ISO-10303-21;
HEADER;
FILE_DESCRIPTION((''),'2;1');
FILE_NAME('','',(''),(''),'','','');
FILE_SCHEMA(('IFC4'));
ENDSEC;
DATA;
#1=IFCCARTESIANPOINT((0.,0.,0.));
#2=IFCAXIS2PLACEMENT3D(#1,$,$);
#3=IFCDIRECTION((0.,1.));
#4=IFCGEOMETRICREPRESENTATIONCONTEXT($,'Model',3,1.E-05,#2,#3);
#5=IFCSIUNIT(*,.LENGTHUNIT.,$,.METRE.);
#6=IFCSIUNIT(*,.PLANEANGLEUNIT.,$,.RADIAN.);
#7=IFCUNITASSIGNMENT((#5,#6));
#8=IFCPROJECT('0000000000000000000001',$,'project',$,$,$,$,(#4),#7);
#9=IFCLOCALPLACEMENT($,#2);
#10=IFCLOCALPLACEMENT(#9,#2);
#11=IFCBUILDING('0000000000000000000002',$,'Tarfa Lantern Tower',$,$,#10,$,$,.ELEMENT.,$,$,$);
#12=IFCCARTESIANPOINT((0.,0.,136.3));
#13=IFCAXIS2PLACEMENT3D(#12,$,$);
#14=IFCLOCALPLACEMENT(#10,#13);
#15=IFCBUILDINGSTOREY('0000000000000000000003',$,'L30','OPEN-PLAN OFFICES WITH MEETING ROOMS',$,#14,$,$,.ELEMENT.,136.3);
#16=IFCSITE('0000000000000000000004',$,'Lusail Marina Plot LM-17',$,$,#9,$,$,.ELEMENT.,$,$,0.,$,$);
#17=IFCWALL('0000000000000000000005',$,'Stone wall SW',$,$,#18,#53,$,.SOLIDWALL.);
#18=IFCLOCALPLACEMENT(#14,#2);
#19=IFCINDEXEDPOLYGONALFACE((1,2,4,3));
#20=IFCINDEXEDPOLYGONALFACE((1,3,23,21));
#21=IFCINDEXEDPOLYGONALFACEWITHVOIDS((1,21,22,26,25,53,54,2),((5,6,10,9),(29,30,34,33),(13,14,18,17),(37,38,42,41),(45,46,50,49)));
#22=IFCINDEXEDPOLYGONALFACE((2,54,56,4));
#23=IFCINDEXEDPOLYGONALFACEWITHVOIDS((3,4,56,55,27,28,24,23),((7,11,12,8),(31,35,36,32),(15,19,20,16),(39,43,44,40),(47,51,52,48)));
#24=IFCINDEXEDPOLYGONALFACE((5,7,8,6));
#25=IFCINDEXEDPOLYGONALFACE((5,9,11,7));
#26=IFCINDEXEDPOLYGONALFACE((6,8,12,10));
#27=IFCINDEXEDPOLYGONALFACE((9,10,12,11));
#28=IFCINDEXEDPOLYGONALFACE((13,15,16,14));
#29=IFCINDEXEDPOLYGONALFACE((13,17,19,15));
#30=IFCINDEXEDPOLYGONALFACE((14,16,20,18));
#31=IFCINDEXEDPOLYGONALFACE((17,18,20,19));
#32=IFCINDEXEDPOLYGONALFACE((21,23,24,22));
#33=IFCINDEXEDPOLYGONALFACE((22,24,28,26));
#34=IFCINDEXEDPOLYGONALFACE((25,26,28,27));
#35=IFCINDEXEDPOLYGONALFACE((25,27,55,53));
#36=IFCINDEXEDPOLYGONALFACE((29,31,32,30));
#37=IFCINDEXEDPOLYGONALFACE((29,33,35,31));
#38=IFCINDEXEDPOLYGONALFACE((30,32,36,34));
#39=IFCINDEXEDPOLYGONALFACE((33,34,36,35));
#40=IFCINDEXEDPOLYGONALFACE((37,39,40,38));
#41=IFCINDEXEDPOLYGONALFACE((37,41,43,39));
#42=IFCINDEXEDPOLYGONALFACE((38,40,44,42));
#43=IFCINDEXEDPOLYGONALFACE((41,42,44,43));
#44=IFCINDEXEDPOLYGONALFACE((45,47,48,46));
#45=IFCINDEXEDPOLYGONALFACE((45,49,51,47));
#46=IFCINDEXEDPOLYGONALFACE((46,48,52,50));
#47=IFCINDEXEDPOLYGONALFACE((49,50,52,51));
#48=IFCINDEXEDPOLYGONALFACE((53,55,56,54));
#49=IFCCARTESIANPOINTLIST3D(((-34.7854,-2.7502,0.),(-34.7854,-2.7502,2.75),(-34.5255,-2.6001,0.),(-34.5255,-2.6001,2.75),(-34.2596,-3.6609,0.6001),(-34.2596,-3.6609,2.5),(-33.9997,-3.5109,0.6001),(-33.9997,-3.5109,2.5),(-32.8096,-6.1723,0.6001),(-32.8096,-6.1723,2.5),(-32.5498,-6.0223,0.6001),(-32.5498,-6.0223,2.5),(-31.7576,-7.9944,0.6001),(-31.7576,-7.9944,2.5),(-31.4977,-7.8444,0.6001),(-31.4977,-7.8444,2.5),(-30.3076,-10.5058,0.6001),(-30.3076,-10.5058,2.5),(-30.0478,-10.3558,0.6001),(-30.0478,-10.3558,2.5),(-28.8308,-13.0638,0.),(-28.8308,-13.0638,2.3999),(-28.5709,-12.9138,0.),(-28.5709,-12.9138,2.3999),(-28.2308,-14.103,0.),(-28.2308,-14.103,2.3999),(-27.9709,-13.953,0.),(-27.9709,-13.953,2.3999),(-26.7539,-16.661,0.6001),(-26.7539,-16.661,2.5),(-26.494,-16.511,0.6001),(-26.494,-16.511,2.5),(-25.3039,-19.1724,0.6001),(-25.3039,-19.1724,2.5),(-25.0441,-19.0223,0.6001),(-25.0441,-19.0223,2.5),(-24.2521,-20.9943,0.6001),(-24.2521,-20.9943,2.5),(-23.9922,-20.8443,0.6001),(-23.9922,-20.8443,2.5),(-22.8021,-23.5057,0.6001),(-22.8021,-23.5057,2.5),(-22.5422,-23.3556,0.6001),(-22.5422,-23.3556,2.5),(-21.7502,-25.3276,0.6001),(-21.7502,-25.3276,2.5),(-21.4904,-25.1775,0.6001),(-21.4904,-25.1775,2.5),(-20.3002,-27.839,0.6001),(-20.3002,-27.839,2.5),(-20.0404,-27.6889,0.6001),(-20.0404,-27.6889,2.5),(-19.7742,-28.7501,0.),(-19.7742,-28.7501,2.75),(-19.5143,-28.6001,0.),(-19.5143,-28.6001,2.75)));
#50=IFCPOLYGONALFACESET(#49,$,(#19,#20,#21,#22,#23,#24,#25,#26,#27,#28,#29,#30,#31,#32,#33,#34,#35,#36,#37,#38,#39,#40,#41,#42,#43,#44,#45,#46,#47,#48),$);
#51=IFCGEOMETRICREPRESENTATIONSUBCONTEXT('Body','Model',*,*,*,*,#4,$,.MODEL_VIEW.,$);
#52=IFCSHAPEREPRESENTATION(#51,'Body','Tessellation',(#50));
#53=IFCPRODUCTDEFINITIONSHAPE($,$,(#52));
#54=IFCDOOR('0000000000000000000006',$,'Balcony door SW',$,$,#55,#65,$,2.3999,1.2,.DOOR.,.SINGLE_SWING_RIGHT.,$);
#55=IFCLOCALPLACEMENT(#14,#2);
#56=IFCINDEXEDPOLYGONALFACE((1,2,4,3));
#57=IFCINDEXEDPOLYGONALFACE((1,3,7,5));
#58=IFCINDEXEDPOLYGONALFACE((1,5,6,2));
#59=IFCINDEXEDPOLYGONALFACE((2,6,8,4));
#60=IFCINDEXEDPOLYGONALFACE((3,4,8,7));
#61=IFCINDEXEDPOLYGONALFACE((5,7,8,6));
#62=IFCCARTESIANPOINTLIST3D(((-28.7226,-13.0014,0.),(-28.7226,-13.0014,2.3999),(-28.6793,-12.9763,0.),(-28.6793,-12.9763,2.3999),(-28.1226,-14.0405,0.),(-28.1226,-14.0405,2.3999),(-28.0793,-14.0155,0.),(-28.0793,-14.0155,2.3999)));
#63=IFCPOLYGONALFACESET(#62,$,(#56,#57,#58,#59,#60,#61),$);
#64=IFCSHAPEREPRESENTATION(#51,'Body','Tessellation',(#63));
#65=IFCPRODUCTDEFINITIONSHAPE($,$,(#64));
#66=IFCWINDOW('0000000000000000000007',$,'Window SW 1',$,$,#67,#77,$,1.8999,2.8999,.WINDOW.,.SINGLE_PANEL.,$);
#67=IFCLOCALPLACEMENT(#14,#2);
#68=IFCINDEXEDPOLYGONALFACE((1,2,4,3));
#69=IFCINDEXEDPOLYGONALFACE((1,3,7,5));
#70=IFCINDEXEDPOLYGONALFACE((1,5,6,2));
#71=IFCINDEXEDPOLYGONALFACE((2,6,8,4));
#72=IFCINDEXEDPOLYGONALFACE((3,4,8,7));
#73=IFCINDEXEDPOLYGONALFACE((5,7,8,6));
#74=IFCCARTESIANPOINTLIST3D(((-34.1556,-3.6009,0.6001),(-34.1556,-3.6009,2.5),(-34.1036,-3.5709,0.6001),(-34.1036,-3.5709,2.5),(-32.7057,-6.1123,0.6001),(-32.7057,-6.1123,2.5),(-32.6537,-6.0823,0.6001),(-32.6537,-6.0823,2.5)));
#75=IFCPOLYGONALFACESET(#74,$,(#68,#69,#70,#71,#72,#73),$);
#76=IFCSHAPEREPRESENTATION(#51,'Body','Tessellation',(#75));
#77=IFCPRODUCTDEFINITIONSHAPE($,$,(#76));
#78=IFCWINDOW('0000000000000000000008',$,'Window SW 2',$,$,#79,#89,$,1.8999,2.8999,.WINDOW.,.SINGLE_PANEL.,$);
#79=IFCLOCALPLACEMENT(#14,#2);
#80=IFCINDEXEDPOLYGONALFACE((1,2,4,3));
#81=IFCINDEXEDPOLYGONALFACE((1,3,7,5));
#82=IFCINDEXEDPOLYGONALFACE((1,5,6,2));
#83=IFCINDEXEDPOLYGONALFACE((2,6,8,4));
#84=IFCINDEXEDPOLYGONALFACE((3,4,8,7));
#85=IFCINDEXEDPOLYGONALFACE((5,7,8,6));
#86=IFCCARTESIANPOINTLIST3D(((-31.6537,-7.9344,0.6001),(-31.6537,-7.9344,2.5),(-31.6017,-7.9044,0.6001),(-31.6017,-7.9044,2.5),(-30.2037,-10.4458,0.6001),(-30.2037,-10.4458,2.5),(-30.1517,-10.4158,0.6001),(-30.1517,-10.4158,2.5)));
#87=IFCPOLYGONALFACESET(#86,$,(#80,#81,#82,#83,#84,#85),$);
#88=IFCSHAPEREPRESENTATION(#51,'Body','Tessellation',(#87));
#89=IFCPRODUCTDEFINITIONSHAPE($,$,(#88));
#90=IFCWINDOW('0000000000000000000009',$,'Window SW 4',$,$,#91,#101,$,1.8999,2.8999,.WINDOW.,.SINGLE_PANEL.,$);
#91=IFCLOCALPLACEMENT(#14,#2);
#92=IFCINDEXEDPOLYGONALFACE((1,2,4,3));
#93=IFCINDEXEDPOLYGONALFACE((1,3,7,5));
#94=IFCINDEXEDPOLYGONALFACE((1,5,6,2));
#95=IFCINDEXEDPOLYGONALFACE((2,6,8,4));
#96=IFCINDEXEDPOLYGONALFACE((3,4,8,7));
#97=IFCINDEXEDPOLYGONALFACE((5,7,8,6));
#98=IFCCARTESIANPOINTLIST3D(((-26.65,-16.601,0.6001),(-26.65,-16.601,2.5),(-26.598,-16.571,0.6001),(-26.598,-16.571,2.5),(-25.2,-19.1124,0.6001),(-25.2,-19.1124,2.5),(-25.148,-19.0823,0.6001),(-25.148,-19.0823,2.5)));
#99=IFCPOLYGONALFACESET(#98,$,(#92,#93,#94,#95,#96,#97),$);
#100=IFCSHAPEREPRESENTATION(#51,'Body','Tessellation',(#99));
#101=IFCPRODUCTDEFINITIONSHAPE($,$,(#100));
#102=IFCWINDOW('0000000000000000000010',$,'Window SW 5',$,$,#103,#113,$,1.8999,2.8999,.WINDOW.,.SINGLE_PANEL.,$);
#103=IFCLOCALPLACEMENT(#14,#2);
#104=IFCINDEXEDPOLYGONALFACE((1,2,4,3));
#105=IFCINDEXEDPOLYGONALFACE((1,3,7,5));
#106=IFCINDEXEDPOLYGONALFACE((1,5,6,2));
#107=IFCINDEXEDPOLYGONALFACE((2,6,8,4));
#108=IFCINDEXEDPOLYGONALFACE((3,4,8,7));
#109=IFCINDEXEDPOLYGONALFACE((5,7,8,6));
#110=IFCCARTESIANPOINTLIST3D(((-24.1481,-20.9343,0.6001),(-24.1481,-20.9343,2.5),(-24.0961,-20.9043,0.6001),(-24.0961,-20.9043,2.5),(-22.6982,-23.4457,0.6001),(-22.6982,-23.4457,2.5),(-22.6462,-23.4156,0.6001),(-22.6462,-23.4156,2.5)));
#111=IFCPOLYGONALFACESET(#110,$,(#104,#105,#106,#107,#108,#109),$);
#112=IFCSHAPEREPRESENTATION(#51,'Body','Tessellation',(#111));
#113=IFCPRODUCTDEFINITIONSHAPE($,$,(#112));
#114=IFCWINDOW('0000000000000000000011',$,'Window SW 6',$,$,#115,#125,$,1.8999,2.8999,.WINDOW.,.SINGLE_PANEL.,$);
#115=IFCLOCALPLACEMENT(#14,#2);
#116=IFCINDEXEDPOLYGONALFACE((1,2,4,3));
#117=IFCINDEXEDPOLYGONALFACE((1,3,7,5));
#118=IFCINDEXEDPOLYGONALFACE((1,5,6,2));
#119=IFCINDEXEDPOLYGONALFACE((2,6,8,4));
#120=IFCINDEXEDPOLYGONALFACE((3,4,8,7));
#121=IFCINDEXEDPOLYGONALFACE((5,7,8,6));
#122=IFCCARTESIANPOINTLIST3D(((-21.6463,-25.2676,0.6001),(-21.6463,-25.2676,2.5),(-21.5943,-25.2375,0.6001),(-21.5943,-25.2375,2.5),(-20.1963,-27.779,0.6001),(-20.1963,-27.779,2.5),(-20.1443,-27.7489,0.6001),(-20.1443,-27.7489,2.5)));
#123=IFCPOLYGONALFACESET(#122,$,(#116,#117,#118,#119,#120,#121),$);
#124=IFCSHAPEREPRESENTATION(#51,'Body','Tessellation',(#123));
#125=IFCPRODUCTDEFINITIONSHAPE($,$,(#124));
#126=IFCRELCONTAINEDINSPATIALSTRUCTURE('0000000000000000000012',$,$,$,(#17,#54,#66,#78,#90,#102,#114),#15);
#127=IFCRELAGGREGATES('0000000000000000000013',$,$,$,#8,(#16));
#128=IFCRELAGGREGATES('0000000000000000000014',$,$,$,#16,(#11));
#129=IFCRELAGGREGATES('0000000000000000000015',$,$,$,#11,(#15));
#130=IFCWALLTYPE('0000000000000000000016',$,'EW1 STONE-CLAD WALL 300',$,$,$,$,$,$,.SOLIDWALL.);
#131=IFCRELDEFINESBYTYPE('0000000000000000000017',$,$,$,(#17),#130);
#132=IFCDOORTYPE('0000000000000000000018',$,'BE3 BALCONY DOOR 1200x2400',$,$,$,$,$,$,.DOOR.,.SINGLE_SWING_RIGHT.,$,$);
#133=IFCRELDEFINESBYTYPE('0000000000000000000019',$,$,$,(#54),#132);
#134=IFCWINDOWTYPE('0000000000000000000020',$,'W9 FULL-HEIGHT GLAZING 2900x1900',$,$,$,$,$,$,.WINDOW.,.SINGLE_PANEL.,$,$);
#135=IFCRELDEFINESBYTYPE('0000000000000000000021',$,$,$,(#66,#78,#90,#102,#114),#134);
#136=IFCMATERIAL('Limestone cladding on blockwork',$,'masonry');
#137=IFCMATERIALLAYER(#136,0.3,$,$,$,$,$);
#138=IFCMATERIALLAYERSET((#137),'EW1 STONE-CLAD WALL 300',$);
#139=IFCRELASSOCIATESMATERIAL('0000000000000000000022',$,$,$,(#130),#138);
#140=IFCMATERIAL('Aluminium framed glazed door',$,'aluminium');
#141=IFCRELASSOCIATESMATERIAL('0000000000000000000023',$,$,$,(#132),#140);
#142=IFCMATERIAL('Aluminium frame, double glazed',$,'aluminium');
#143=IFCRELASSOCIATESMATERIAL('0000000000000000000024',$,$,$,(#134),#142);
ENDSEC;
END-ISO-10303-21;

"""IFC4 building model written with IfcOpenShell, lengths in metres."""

from ifc_helpers import new_model, si_unit, direction, frame, frame_2d, origin, place, context, subcontext, project, spatial, rectangle, extrude, material, layer, layer_set, type_object, element, fill, save


model = new_model("IFC4")

# Units and contexts
model_context = context("Model", 3, precision=1e-05, world=origin(), true_north=direction((0.0, 1.0)))
body_context = subcontext(model_context, "Body", "Model", "MODEL_VIEW")
ifc_project = project(units=[si_unit("LENGTHUNIT", "METRE"), si_unit("PLANEANGLEUNIT", "RADIAN")], contexts=[model_context])

# Site, building, storey
site_placement = place(None, origin())
site = spatial("IfcSite", under=ifc_project, at=site_placement, Name="Lusail Marina Plot LM-17", CompositionType="ELEMENT", RefElevation=0.0)
building_placement = place(site_placement, origin())
building = spatial("IfcBuilding", under=site, at=building_placement, Name="Tarfa Lantern Tower", CompositionType="ELEMENT")
storey_placement = place(building_placement, frame((0.0, 0.0, 136.3)))
storey = spatial("IfcBuildingStorey", under=building, at=storey_placement, Name="L30", Description="OPEN-PLAN OFFICES WITH MEETING ROOMS", CompositionType="ELEMENT", Elevation=136.3)

# Wall, openings, door, windows
ifc_material_1 = material(Name="Limestone cladding on blockwork", Category="masonry")
ifc_layer_1 = layer(ifc_material_1, 0.3)
ifc_layer_set_1 = layer_set([ifc_layer_1], Name="EW1 STONE-CLAD WALL 300")
wall_type = type_object("IfcWallType", Name="EW1 STONE-CLAD WALL 300", PredefinedType="SOLIDWALL", material=ifc_layer_set_1)
wall_placement = place(storey_placement, frame((-34.6555, -2.675, 0.0), z_axis=(0.0, 0.0, 1.0), x_axis=(0.500003, -0.866024, 0.0)))
wall = element("IfcWall", 1, at=wall_placement, inside=storey, type_object=wall_type, Name="Stone wall SW", PredefinedType="SOLIDWALL", context=body_context, shape_type="SweptSolid", body=[
    extrude(rectangle(XDim=30.0222, YDim=0.3, at=frame_2d((15.0112, 0.0))), origin(), (0.0, 0.0, 1.0), 2.75),
])
opening_1_placement = place(wall_placement, frame((1.0518, 0.0, 0.6001)))
opening_1 = element("IfcOpeningElement", 2, at=opening_1_placement, cuts=wall, PredefinedType="OPENING", context=body_context, shape_type="SweptSolid", body=[
    extrude(rectangle(XDim=2.8999, YDim=1.8999, at=frame_2d((1.45, 0.95))), frame((0.0, 0.1599, 0.0), z_axis=(0.0, -1.0, 0.0), x_axis=(1.0, 0.0, 0.0)), (0.0, 0.0, 1.0), 0.3201),
])
opening_2_placement = place(wall_placement, frame((6.0557, 0.0, 0.6001)))
opening_2 = element("IfcOpeningElement", 3, at=opening_2_placement, cuts=wall, PredefinedType="OPENING", context=body_context, shape_type="SweptSolid", body=[
    extrude(rectangle(XDim=2.8999, YDim=1.8999, at=frame_2d((1.45, 0.95))), frame((0.0, 0.1599, 0.0), z_axis=(0.0, -1.0, 0.0), x_axis=(1.0, 0.0, 0.0)), (0.0, 0.0, 1.0), 0.3201),
])
opening_3_placement = place(wall_placement, frame((11.9092, 0.0, 0.0)))
opening_3 = element("IfcOpeningElement", 4, at=opening_3_placement, cuts=wall, PredefinedType="OPENING", context=body_context, shape_type="SweptSolid", body=[
    extrude(rectangle(XDim=1.2, YDim=2.3999, at=frame_2d((0.6001, 1.2))), frame((0.0, 0.1599, 0.0), z_axis=(0.0, -1.0, 0.0), x_axis=(1.0, 0.0, 0.0)), (0.0, 0.0, 1.0), 0.3201),
])
opening_4_placement = place(wall_placement, frame((16.063, 0.0, 0.6001)))
opening_4 = element("IfcOpeningElement", 5, at=opening_4_placement, cuts=wall, PredefinedType="OPENING", context=body_context, shape_type="SweptSolid", body=[
    extrude(rectangle(XDim=2.8999, YDim=1.8999, at=frame_2d((1.45, 0.95))), frame((0.0, 0.1599, 0.0), z_axis=(0.0, -1.0, 0.0), x_axis=(1.0, 0.0, 0.0)), (0.0, 0.0, 1.0), 0.3201),
])
opening_5_placement = place(wall_placement, frame((21.0667, 0.0, 0.6001)))
opening_5 = element("IfcOpeningElement", 6, at=opening_5_placement, cuts=wall, PredefinedType="OPENING", context=body_context, shape_type="SweptSolid", body=[
    extrude(rectangle(XDim=2.8999, YDim=1.8999, at=frame_2d((1.45, 0.95))), frame((0.0, 0.1599, 0.0), z_axis=(0.0, -1.0, 0.0), x_axis=(1.0, 0.0, 0.0)), (0.0, 0.0, 1.0), 0.3201),
])
opening_6_placement = place(wall_placement, frame((26.0703, 0.0, 0.6001)))
opening_6 = element("IfcOpeningElement", 7, at=opening_6_placement, cuts=wall, PredefinedType="OPENING", context=body_context, shape_type="SweptSolid", body=[
    extrude(rectangle(XDim=2.8999, YDim=1.8999, at=frame_2d((1.45, 0.95))), frame((0.0, 0.1599, 0.0), z_axis=(0.0, -1.0, 0.0), x_axis=(1.0, 0.0, 0.0)), (0.0, 0.0, 1.0), 0.3201),
])
ifc_material_2 = material(Name="Aluminium framed glazed door", Category="aluminium")
door_type = type_object("IfcDoorType", Name="BE3 BALCONY DOOR 1200x2400", OperationType="SINGLE_SWING_RIGHT", PredefinedType="DOOR", material=ifc_material_2)
door_placement = place(opening_3_placement, origin())
door = element("IfcDoor", 8, at=door_placement, inside=storey, type_object=door_type, Name="Balcony door SW", OperationType="SINGLE_SWING_RIGHT", OverallHeight=2.3999, OverallWidth=1.2, PredefinedType="DOOR", context=body_context, shape_type="SweptSolid", body=[
    extrude(rectangle(XDim=1.2, YDim=2.3999, at=frame_2d((0.6001, 1.2))), frame((0.0, 0.0249, 0.0), z_axis=(0.0, -1.0, 0.0), x_axis=(1.0, 0.0, 0.0)), (0.0, 0.0, 1.0), 0.05),
])
fill(opening_3, door)
ifc_material_3 = material(Name="Aluminium frame, double glazed", Category="aluminium")
window_type = type_object("IfcWindowType", Name="W9 FULL-HEIGHT GLAZING 2900x1900", PartitioningType="SINGLE_PANEL", PredefinedType="WINDOW", material=ifc_material_3)
window_1_placement = place(opening_1_placement, origin())
window_1 = element("IfcWindow", 9, at=window_1_placement, inside=storey, type_object=window_type, Name="Window SW 1", OverallHeight=1.8999, OverallWidth=2.8999, PartitioningType="SINGLE_PANEL", PredefinedType="WINDOW", context=body_context, shape_type="SweptSolid", body=[
    extrude(rectangle(XDim=2.8999, YDim=1.8999, at=frame_2d((1.45, 0.95))), frame((0.0, 0.03, 0.0), z_axis=(0.0, -1.0, 0.0), x_axis=(1.0, 0.0, 0.0)), (0.0, 0.0, 1.0), 0.0601),
])
fill(opening_1, window_1)
window_2_placement = place(opening_2_placement, origin())
window_2 = element("IfcWindow", 10, at=window_2_placement, inside=storey, type_object=window_type, Name="Window SW 2", OverallHeight=1.8999, OverallWidth=2.8999, PartitioningType="SINGLE_PANEL", PredefinedType="WINDOW", context=body_context, shape_type="SweptSolid", body=[
    extrude(rectangle(XDim=2.8999, YDim=1.8999, at=frame_2d((1.45, 0.95))), frame((0.0, 0.03, 0.0), z_axis=(0.0, -1.0, 0.0), x_axis=(1.0, 0.0, 0.0)), (0.0, 0.0, 1.0), 0.0601),
])
fill(opening_2, window_2)
window_3_placement = place(opening_4_placement, origin())
window_3 = element("IfcWindow", 11, at=window_3_placement, inside=storey, type_object=window_type, Name="Window SW 4", OverallHeight=1.8999, OverallWidth=2.8999, PartitioningType="SINGLE_PANEL", PredefinedType="WINDOW", context=body_context, shape_type="SweptSolid", body=[
    extrude(rectangle(XDim=2.8999, YDim=1.8999, at=frame_2d((1.45, 0.95))), frame((0.0, 0.03, 0.0), z_axis=(0.0, -1.0, 0.0), x_axis=(1.0, 0.0, 0.0)), (0.0, 0.0, 1.0), 0.0601),
])
fill(opening_4, window_3)
window_4_placement = place(opening_5_placement, origin())
window_4 = element("IfcWindow", 12, at=window_4_placement, inside=storey, type_object=window_type, Name="Window SW 5", OverallHeight=1.8999, OverallWidth=2.8999, PartitioningType="SINGLE_PANEL", PredefinedType="WINDOW", context=body_context, shape_type="SweptSolid", body=[
    extrude(rectangle(XDim=2.8999, YDim=1.8999, at=frame_2d((1.45, 0.95))), frame((0.0, 0.03, 0.0), z_axis=(0.0, -1.0, 0.0), x_axis=(1.0, 0.0, 0.0)), (0.0, 0.0, 1.0), 0.0601),
])
fill(opening_5, window_4)
window_5_placement = place(opening_6_placement, origin())
window_5 = element("IfcWindow", 13, at=window_5_placement, inside=storey, type_object=window_type, Name="Window SW 6", OverallHeight=1.8999, OverallWidth=2.8999, PartitioningType="SINGLE_PANEL", PredefinedType="WINDOW", context=body_context, shape_type="SweptSolid", body=[
    extrude(rectangle(XDim=2.8999, YDim=1.8999, at=frame_2d((1.45, 0.95))), frame((0.0, 0.03, 0.0), z_axis=(0.0, -1.0, 0.0), x_axis=(1.0, 0.0, 0.0)), (0.0, 0.0, 1.0), 0.0601),
])
fill(opening_6, window_5)

save(model, "model.ifc")
